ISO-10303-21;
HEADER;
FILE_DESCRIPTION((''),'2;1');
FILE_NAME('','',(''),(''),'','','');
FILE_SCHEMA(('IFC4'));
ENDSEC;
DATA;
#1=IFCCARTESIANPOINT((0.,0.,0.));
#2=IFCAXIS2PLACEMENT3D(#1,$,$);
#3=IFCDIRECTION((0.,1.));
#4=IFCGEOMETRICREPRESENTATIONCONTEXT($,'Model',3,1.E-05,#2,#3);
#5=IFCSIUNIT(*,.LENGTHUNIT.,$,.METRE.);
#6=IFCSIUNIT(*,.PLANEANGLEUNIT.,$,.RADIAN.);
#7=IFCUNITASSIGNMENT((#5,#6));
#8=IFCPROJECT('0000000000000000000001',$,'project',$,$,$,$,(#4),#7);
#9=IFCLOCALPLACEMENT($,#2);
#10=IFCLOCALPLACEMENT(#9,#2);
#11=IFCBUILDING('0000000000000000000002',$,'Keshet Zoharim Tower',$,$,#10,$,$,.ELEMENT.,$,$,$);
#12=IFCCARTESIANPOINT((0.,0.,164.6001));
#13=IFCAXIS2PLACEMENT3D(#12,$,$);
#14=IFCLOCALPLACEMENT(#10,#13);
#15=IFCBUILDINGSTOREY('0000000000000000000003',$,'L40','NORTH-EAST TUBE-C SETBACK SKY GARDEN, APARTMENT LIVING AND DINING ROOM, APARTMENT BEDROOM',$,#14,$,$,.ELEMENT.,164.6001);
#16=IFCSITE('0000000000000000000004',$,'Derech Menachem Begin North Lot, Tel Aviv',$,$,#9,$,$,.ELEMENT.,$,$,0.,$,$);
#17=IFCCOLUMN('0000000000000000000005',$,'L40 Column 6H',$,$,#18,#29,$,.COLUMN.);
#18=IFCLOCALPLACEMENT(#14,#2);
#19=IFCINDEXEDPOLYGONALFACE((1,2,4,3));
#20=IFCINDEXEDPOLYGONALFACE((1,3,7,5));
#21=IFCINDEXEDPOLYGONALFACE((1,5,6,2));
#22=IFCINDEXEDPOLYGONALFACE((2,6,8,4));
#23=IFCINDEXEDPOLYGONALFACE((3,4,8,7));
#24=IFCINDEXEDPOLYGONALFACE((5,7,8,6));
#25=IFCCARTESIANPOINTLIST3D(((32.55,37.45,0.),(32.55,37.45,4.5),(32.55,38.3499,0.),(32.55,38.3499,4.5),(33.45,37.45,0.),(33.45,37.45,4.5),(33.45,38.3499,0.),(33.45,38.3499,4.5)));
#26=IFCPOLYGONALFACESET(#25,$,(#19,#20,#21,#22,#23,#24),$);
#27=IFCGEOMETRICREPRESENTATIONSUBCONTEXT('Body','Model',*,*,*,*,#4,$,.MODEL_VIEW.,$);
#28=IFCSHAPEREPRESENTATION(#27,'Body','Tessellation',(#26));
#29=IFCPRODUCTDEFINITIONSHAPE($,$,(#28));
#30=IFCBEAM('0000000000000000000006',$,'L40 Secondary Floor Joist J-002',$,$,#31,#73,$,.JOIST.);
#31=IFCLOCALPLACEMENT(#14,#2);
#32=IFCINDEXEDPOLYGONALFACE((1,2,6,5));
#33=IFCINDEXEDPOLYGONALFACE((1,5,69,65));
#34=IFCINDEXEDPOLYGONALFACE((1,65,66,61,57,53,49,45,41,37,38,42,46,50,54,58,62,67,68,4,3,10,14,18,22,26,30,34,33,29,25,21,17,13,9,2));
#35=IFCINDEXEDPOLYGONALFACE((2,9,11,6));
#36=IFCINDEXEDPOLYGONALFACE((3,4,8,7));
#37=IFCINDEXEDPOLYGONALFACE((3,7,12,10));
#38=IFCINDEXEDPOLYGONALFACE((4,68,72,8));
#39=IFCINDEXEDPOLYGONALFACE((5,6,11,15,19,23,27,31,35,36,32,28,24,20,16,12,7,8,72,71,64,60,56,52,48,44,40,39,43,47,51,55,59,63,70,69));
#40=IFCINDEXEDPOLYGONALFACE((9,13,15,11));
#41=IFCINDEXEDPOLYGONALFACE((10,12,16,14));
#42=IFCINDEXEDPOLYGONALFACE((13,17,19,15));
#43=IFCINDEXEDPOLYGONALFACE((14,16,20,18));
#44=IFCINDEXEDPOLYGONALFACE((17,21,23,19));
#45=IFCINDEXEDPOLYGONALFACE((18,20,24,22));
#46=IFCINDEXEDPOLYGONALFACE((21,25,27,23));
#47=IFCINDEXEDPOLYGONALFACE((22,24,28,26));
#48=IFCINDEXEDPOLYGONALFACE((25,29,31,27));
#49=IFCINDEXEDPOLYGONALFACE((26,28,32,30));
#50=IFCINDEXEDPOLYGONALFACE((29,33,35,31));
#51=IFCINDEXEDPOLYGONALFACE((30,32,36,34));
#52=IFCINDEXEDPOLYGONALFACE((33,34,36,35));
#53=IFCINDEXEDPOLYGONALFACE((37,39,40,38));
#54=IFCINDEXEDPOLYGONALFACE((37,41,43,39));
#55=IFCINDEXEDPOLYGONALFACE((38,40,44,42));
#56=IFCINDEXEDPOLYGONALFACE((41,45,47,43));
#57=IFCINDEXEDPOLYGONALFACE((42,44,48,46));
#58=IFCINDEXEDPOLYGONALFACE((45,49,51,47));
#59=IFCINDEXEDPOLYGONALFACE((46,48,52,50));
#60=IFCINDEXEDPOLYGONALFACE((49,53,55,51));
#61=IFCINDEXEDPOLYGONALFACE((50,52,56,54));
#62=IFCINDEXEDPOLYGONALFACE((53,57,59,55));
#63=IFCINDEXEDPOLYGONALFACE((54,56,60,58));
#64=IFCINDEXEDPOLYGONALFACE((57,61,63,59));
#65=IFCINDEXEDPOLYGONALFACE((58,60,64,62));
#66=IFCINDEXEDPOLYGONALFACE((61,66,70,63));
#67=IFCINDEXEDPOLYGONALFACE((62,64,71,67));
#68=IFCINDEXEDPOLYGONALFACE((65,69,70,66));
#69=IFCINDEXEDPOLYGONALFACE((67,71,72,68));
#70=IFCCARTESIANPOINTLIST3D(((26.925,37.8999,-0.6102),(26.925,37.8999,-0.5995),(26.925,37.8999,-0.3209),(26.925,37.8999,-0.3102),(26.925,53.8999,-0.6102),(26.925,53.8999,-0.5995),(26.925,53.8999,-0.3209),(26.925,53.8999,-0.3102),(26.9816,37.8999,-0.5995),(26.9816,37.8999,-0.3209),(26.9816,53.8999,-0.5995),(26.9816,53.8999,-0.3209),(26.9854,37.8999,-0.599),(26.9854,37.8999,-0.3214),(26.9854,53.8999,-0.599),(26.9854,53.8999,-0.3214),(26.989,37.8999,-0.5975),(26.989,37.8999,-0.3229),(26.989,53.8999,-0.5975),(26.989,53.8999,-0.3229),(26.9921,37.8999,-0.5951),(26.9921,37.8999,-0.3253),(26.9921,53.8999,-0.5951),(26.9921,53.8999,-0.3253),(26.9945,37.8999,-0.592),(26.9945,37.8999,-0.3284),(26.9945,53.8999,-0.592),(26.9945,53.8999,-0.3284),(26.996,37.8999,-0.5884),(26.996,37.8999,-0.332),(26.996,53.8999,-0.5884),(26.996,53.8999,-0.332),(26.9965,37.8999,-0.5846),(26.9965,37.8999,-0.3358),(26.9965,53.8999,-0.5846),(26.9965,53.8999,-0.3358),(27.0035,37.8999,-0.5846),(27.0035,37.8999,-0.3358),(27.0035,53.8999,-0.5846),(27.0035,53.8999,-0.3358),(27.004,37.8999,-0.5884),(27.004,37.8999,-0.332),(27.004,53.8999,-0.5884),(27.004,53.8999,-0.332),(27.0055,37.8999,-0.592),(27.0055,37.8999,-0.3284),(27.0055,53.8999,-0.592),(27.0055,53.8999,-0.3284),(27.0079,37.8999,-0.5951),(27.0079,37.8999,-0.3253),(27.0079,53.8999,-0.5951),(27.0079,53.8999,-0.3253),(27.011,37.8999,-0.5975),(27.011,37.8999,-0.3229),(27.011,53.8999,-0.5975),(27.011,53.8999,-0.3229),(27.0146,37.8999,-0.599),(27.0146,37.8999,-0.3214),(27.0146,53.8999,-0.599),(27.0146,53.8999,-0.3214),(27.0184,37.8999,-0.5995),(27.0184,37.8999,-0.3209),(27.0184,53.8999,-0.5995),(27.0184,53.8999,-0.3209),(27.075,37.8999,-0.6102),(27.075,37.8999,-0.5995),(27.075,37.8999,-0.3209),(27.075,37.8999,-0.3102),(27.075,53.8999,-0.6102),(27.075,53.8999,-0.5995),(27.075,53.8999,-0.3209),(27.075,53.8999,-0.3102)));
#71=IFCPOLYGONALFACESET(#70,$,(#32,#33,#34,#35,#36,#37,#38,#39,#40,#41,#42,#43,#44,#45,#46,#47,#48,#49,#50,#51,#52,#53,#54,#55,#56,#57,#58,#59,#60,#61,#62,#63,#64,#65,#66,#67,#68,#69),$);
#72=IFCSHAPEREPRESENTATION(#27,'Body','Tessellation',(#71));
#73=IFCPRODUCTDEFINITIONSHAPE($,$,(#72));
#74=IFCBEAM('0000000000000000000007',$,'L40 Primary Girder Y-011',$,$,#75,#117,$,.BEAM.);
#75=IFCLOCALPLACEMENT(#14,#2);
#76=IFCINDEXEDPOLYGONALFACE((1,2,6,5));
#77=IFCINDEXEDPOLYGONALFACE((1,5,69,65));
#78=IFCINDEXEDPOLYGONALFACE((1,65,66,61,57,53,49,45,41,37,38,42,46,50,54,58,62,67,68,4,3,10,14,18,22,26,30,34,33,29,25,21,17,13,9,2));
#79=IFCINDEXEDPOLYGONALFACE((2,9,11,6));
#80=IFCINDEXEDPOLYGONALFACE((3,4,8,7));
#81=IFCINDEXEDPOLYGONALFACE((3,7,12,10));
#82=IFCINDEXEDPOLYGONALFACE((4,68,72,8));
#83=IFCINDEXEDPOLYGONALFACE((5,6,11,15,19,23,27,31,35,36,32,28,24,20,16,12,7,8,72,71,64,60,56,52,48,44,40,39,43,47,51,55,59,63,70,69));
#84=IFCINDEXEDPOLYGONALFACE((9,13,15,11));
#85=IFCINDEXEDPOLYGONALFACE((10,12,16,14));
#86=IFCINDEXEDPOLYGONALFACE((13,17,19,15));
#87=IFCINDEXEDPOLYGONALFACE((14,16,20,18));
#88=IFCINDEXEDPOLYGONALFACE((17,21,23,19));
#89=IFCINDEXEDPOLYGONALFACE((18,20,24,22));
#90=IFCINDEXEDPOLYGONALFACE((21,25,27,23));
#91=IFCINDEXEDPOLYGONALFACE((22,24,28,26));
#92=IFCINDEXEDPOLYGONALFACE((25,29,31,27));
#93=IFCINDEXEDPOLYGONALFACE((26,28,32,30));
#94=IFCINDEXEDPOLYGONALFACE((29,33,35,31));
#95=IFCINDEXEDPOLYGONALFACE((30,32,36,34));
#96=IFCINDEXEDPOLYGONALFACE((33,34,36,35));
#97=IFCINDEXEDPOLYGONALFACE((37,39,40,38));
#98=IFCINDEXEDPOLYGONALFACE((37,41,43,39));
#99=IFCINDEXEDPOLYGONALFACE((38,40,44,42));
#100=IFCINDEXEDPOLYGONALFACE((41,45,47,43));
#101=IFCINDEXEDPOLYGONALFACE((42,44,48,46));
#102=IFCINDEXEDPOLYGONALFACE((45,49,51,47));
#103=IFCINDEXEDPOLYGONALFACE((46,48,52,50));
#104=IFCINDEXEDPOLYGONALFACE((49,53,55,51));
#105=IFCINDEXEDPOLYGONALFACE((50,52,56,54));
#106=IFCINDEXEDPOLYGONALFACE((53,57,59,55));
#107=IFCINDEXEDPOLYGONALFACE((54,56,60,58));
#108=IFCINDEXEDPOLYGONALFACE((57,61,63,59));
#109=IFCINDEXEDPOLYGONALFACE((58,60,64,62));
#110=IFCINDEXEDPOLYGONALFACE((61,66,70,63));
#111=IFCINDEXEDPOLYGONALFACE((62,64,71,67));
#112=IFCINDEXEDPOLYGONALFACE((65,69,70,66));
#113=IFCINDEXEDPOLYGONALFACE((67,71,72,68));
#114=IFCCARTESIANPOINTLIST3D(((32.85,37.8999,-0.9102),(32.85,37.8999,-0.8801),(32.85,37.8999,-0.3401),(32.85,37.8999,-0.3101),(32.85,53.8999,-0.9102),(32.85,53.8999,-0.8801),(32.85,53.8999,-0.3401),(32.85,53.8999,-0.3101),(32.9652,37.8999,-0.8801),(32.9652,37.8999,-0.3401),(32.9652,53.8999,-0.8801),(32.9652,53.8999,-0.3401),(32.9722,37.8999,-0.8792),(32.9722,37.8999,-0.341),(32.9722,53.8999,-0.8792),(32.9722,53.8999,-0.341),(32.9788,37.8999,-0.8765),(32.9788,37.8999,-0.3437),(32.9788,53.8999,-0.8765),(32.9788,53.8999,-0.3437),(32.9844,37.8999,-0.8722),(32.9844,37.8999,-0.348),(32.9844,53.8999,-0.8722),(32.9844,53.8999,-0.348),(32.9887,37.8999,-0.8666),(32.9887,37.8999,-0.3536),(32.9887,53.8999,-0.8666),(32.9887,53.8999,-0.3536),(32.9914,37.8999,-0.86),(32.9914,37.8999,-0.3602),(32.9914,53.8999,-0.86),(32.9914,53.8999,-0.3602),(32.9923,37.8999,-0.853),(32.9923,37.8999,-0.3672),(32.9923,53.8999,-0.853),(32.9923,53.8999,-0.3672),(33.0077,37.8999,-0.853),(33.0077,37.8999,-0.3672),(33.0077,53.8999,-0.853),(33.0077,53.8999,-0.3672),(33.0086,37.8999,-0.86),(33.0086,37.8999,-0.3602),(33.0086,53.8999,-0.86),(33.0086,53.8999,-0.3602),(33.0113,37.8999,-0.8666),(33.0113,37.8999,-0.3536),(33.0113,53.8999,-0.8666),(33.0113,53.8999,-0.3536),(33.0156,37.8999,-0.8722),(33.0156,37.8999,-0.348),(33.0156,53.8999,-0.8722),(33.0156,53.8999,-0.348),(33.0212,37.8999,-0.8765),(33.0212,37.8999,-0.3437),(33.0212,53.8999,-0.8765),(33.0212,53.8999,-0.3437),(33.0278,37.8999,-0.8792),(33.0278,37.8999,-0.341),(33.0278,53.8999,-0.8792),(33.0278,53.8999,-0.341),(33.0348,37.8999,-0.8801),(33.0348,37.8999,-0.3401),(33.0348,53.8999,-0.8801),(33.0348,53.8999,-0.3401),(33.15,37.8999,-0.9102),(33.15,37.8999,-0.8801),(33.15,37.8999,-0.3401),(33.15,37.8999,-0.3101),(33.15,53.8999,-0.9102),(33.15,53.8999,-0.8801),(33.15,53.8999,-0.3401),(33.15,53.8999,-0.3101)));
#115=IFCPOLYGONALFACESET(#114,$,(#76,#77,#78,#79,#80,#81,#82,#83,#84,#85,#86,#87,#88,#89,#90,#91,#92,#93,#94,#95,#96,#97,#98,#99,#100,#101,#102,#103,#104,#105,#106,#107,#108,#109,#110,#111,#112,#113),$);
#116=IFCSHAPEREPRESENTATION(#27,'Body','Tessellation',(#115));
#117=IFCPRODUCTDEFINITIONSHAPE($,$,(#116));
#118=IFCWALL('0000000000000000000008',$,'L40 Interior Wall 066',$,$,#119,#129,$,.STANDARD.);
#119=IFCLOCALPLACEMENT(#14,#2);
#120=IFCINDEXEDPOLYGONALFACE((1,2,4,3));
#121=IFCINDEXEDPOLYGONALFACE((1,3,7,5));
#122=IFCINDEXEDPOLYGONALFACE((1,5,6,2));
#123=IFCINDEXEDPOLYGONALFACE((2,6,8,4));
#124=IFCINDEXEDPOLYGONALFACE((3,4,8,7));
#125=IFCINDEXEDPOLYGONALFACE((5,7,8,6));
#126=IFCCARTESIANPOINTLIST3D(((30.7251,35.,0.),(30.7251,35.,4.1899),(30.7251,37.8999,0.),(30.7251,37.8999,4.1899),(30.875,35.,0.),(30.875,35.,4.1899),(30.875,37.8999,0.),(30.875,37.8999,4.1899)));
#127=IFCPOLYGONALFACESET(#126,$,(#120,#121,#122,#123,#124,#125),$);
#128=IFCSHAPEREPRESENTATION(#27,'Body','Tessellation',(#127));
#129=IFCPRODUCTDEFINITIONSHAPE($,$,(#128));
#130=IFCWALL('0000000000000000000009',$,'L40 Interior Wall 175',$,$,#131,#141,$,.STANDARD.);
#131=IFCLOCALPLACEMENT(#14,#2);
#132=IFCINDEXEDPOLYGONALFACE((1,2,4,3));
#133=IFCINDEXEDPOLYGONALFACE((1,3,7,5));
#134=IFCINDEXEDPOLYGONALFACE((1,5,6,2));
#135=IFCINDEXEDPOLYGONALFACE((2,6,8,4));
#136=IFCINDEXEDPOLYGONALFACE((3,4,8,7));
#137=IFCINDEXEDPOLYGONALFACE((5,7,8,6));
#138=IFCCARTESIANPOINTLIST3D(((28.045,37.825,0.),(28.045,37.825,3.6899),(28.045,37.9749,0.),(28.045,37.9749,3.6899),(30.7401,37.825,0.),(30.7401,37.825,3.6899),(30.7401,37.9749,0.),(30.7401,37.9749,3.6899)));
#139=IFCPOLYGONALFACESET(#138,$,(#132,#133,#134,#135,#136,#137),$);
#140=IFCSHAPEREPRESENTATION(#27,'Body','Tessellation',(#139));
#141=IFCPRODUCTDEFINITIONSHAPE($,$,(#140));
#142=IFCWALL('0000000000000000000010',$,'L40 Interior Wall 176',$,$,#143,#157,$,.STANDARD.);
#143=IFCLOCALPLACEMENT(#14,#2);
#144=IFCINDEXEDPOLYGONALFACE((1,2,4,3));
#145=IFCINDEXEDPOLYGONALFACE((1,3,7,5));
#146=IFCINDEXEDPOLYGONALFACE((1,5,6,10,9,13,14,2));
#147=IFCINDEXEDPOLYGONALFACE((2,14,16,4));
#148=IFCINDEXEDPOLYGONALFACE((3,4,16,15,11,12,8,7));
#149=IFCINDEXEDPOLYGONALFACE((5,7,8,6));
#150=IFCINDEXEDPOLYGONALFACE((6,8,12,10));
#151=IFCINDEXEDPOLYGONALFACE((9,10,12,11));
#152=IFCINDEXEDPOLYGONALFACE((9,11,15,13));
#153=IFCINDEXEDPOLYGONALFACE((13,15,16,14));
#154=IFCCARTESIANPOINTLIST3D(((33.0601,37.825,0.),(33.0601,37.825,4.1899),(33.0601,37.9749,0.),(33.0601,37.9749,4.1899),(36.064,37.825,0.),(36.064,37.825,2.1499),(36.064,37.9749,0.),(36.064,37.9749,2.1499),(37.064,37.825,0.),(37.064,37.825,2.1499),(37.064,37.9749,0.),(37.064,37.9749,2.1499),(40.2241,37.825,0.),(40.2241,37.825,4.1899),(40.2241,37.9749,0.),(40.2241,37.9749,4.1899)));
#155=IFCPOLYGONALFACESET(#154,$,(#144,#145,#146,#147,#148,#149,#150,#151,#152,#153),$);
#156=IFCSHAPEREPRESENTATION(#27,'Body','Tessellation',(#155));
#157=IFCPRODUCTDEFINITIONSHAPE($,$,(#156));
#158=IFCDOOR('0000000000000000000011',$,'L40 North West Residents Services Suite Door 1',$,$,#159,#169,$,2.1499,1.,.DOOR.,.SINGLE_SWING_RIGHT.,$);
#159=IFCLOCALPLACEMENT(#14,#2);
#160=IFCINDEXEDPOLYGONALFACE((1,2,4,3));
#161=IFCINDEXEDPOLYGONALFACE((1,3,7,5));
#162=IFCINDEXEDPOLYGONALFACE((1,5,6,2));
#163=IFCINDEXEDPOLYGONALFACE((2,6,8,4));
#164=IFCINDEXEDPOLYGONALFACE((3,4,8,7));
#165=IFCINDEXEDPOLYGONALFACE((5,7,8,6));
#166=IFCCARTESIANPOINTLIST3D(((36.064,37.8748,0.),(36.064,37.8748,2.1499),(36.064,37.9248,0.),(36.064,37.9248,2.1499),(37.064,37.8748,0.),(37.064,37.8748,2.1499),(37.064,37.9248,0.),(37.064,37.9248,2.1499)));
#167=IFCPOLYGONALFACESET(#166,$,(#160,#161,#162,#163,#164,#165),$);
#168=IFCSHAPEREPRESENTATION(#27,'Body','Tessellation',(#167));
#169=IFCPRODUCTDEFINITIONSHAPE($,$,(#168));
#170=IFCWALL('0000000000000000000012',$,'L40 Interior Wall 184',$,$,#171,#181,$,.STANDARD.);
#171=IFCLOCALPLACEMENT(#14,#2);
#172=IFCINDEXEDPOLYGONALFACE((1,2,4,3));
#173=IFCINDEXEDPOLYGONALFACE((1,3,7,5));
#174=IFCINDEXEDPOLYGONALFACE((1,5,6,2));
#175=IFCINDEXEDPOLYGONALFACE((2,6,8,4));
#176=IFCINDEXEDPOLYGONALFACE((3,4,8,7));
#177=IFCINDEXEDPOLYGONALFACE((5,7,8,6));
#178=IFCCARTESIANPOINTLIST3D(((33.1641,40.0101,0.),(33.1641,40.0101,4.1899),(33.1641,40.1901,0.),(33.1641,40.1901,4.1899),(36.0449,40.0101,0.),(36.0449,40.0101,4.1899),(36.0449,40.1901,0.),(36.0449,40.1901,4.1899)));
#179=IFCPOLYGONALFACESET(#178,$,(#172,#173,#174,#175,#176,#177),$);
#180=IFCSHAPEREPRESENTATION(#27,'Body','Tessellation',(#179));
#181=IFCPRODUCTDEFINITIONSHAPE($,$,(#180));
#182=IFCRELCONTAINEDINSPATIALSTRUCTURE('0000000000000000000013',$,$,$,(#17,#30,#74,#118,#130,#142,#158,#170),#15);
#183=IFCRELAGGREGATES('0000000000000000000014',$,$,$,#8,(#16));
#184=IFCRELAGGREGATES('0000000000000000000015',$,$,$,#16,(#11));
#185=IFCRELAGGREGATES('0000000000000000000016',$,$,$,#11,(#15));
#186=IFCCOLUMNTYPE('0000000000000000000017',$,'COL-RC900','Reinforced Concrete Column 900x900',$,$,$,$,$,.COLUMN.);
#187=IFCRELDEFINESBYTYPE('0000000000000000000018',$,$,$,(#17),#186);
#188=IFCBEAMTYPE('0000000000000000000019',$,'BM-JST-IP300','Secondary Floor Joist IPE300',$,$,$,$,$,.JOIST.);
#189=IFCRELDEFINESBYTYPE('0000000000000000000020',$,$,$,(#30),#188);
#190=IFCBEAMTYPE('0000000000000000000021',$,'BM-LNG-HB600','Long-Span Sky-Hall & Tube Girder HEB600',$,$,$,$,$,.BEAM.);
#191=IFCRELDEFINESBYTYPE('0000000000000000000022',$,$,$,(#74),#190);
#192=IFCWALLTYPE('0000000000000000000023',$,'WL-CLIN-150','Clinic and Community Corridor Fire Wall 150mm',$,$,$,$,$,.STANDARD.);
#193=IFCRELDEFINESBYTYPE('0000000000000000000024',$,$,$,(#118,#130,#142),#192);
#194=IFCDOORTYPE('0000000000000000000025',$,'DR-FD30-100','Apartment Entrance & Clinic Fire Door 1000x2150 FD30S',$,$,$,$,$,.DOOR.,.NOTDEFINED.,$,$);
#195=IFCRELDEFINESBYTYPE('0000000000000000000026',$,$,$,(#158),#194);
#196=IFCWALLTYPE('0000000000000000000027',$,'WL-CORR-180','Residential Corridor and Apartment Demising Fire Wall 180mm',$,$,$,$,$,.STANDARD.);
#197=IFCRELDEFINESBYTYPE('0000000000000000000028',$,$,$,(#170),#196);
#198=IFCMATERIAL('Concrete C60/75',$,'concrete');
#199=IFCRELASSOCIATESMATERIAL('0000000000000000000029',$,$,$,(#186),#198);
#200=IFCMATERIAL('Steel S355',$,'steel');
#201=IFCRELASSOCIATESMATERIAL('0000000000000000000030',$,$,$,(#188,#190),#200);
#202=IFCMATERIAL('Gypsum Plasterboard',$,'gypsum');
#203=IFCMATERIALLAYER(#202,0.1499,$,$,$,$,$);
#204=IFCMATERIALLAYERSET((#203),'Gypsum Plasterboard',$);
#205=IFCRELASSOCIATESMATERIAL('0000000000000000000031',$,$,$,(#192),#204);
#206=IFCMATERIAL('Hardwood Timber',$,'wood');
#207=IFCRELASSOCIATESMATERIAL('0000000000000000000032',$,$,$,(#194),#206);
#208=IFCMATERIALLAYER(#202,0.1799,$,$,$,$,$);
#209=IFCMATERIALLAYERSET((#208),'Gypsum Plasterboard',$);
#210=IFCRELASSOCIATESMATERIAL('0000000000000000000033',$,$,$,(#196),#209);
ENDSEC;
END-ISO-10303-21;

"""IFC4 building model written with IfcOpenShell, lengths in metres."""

from ifc_helpers import new_model, si_unit, direction, frame, frame_2d, origin, origin_2d, place, context, subcontext, project, spatial, rectangle, i_section, extrude, material, layer, layer_set, material_profile, profile_set, type_object, element, fill, save


model = new_model("IFC4")

# Units and contexts
model_context = context("Model", 3, precision=1e-05, world=origin(), true_north=direction((0.0, 1.0)))
body_context = subcontext(model_context, "Body", "Model", "MODEL_VIEW")
ifc_project = project(units=[si_unit("LENGTHUNIT", "METRE"), si_unit("PLANEANGLEUNIT", "RADIAN")], contexts=[model_context])

# Site, building, storey
site_placement = place(None, origin())
site = spatial("IfcSite", under=ifc_project, at=site_placement, Name="Derech Menachem Begin North Lot, Tel Aviv", CompositionType="ELEMENT", RefElevation=0.0)
building_placement = place(site_placement, origin())
building = spatial("IfcBuilding", under=site, at=building_placement, Name="Keshet Zoharim Tower", CompositionType="ELEMENT")
storey_placement = place(building_placement, frame((0.0, 0.0, 164.6001)))
storey = spatial("IfcBuildingStorey", under=building, at=storey_placement, Name="L40", Description="NORTH-EAST TUBE-C SETBACK SKY GARDEN, APARTMENT LIVING AND DINING ROOM, APARTMENT BEDROOM", CompositionType="ELEMENT", Elevation=164.6001)

# Column
ifc_material_1 = material(Name="Concrete C60/75", Category="concrete")
ifc_material_profile_1 = material_profile(ifc_material_1, rectangle(XDim=0.8999, YDim=0.8999, at=origin_2d()), Name="RC900x900")
ifc_profile_set_1 = profile_set([ifc_material_profile_1], Name="Concrete C60/75")
column_type = type_object("IfcColumnType", Name="COL-RC900", Description="Reinforced Concrete Column 900x900", PredefinedType="COLUMN", material=ifc_profile_set_1)
column_placement = place(storey_placement, frame((33.0, 37.8999, 0.0), z_axis=(0.0, 0.0, 1.0), x_axis=(1.0, 0.0, 0.0)))
element("IfcColumn", 1, at=column_placement, inside=storey, type_object=column_type, Name="L40 Column 6H", PredefinedType="COLUMN", context=body_context, shape_type="SweptSolid", body=[
    extrude(rectangle(XDim=0.8999, YDim=0.8999, at=origin_2d()), origin(), (0.0, 0.0, 1.0), 4.5),
])

# Beams
ifc_material_2 = material(Name="Steel S355", Category="steel")
ifc_material_profile_2 = material_profile(ifc_material_2, i_section(OverallWidth=0.1499, OverallDepth=0.3, WebThickness=0.0071, FlangeThickness=0.0107, FilletRadius=0.0149, at=origin_2d()), Name="IPE300")
ifc_profile_set_2 = profile_set([ifc_material_profile_2], Name="Steel S355")
beam_type_1 = type_object("IfcBeamType", Name="BM-JST-IP300", Description="Secondary Floor Joist IPE300", PredefinedType="JOIST", material=ifc_profile_set_2)
beam_1_placement = place(storey_placement, frame((27.0, 37.8999, -0.4602), z_axis=(0.0, 1.0, 0.0), x_axis=(-1.0, 0.0, 0.0)))
element("IfcBeam", 2, at=beam_1_placement, inside=storey, type_object=beam_type_1, Name="L40 Secondary Floor Joist J-002", PredefinedType="JOIST", context=body_context, shape_type="SweptSolid", body=[
    extrude(i_section(OverallWidth=0.1499, OverallDepth=0.3, WebThickness=0.0071, FlangeThickness=0.0107, FilletRadius=0.0149, at=origin_2d()), origin(), (0.0, 0.0, 1.0), 16.0),
])
ifc_material_profile_3 = material_profile(ifc_material_2, i_section(OverallWidth=0.3, OverallDepth=0.6001, WebThickness=0.0154, FlangeThickness=0.03, FilletRadius=0.0271, at=origin_2d()), Name="HEB600")
ifc_profile_set_3 = profile_set([ifc_material_profile_3], Name="Steel S355")
beam_type_2 = type_object("IfcBeamType", Name="BM-LNG-HB600", Description="Long-Span Sky-Hall & Tube Girder HEB600", PredefinedType="BEAM", material=ifc_profile_set_3)
beam_2_placement = place(storey_placement, frame((33.0, 37.8999, -0.6101), z_axis=(0.0, 1.0, 0.0), x_axis=(-1.0, 0.0, 0.0)))
element("IfcBeam", 3, at=beam_2_placement, inside=storey, type_object=beam_type_2, Name="L40 Primary Girder Y-011", PredefinedType="BEAM", context=body_context, shape_type="SweptSolid", body=[
    extrude(i_section(OverallWidth=0.3, OverallDepth=0.6001, WebThickness=0.0154, FlangeThickness=0.03, FilletRadius=0.0271, at=origin_2d()), origin(), (0.0, 0.0, 1.0), 16.0),
])

# Walls
ifc_material_3 = material(Name="Gypsum Plasterboard", Category="gypsum")
ifc_layer_1 = layer(ifc_material_3, 0.1499)
ifc_layer_set_1 = layer_set([ifc_layer_1], Name="Gypsum Plasterboard")
wall_type_1 = type_object("IfcWallType", Name="WL-CLIN-150", Description="Clinic and Community Corridor Fire Wall 150mm", PredefinedType="STANDARD", material=ifc_layer_set_1)
wall_1_placement = place(storey_placement, frame((30.8, 35.0, 0.0), z_axis=(0.0, 0.0, 1.0), x_axis=(0.0, 1.0, 0.0)))
element("IfcWall", 4, at=wall_1_placement, inside=storey, type_object=wall_type_1, Name="L40 Interior Wall 066", PredefinedType="STANDARD", context=body_context, shape_type="SweptSolid", body=[
    extrude(rectangle(XDim=2.8999, YDim=0.1499, at=frame_2d((1.45, 0.0))), origin(), (0.0, 0.0, 1.0), 4.1899),
])
wall_2_placement = place(storey_placement, frame((28.0449, 37.8999, 0.0), z_axis=(0.0, 0.0, 1.0), x_axis=(1.0, 0.0, 0.0)))
element("IfcWall", 5, at=wall_2_placement, inside=storey, type_object=wall_type_1, Name="L40 Interior Wall 175", PredefinedType="STANDARD", context=body_context, shape_type="SweptSolid", body=[
    extrude(rectangle(XDim=2.6951, YDim=0.1499, at=frame_2d((1.3477, 0.0))), origin(), (0.0, 0.0, 1.0), 3.6899),
])

# Wall, opening, door
wall_3_placement = place(storey_placement, frame((33.0601, 37.8999, 0.0), z_axis=(0.0, 0.0, 1.0), x_axis=(1.0, 0.0, 0.0)))
wall_3 = element("IfcWall", 6, at=wall_3_placement, inside=storey, type_object=wall_type_1, Name="L40 Interior Wall 176", PredefinedType="STANDARD", context=body_context, shape_type="SweptSolid", body=[
    extrude(rectangle(XDim=7.1641, YDim=0.1499, at=frame_2d((3.582, 0.0))), origin(), (0.0, 0.0, 1.0), 4.1899),
])
opening_1_placement = place(wall_3_placement, frame((3.0039, 0.0, 0.0)))
opening_1 = element("IfcOpeningElement", 7, at=opening_1_placement, cuts=wall_3, PredefinedType="OPENING", context=body_context, shape_type="SweptSolid", body=[
    extrude(rectangle(XDim=1.0, YDim=2.1499, at=frame_2d((0.5, 1.075))), frame((0.0, 0.085, 0.0), z_axis=(0.0, -1.0, 0.0), x_axis=(1.0, 0.0, 0.0)), (0.0, 0.0, 1.0), 0.1699),
])
ifc_material_4 = material(Name="Hardwood Timber", Category="wood")
door_type_1 = type_object("IfcDoorType", Name="DR-FD30-100", Description="Apartment Entrance & Clinic Fire Door 1000x2150 FD30S", OperationType="NOTDEFINED", PredefinedType="DOOR", material=ifc_material_4)
door_1_placement = place(opening_1_placement, origin())
door_1 = element("IfcDoor", 8, at=door_1_placement, inside=storey, type_object=door_type_1, Name="L40 North West Residents Services Suite Door 1", OperationType="SINGLE_SWING_RIGHT", OverallHeight=2.1499, OverallWidth=1.0, PredefinedType="DOOR", context=body_context, shape_type="SweptSolid", body=[
    extrude(rectangle(XDim=1.0, YDim=2.1499, at=frame_2d((0.5, 1.075))), frame((0.0, 0.0249, 0.0), z_axis=(0.0, -1.0, 0.0), x_axis=(1.0, 0.0, 0.0)), (0.0, 0.0, 1.0), 0.05),
])
fill(opening_1, door_1)

# Wall
ifc_layer_2 = layer(ifc_material_3, 0.1799)
ifc_layer_set_2 = layer_set([ifc_layer_2], Name="Gypsum Plasterboard")
wall_type_2 = type_object("IfcWallType", Name="WL-CORR-180", Description="Residential Corridor and Apartment Demising Fire Wall 180mm", PredefinedType="STANDARD", material=ifc_layer_set_2)
wall_4_placement = place(storey_placement, frame((33.1641, 40.1001, 0.0), z_axis=(0.0, 0.0, 1.0), x_axis=(1.0, 0.0, 0.0)))
element("IfcWall", 9, at=wall_4_placement, inside=storey, type_object=wall_type_2, Name="L40 Interior Wall 184", PredefinedType="STANDARD", context=body_context, shape_type="SweptSolid", body=[
    extrude(rectangle(XDim=2.8809, YDim=0.1799, at=frame_2d((1.4404, 0.0))), origin(), (0.0, 0.0, 1.0), 4.1899),
])

save(model, "model.ifc")
